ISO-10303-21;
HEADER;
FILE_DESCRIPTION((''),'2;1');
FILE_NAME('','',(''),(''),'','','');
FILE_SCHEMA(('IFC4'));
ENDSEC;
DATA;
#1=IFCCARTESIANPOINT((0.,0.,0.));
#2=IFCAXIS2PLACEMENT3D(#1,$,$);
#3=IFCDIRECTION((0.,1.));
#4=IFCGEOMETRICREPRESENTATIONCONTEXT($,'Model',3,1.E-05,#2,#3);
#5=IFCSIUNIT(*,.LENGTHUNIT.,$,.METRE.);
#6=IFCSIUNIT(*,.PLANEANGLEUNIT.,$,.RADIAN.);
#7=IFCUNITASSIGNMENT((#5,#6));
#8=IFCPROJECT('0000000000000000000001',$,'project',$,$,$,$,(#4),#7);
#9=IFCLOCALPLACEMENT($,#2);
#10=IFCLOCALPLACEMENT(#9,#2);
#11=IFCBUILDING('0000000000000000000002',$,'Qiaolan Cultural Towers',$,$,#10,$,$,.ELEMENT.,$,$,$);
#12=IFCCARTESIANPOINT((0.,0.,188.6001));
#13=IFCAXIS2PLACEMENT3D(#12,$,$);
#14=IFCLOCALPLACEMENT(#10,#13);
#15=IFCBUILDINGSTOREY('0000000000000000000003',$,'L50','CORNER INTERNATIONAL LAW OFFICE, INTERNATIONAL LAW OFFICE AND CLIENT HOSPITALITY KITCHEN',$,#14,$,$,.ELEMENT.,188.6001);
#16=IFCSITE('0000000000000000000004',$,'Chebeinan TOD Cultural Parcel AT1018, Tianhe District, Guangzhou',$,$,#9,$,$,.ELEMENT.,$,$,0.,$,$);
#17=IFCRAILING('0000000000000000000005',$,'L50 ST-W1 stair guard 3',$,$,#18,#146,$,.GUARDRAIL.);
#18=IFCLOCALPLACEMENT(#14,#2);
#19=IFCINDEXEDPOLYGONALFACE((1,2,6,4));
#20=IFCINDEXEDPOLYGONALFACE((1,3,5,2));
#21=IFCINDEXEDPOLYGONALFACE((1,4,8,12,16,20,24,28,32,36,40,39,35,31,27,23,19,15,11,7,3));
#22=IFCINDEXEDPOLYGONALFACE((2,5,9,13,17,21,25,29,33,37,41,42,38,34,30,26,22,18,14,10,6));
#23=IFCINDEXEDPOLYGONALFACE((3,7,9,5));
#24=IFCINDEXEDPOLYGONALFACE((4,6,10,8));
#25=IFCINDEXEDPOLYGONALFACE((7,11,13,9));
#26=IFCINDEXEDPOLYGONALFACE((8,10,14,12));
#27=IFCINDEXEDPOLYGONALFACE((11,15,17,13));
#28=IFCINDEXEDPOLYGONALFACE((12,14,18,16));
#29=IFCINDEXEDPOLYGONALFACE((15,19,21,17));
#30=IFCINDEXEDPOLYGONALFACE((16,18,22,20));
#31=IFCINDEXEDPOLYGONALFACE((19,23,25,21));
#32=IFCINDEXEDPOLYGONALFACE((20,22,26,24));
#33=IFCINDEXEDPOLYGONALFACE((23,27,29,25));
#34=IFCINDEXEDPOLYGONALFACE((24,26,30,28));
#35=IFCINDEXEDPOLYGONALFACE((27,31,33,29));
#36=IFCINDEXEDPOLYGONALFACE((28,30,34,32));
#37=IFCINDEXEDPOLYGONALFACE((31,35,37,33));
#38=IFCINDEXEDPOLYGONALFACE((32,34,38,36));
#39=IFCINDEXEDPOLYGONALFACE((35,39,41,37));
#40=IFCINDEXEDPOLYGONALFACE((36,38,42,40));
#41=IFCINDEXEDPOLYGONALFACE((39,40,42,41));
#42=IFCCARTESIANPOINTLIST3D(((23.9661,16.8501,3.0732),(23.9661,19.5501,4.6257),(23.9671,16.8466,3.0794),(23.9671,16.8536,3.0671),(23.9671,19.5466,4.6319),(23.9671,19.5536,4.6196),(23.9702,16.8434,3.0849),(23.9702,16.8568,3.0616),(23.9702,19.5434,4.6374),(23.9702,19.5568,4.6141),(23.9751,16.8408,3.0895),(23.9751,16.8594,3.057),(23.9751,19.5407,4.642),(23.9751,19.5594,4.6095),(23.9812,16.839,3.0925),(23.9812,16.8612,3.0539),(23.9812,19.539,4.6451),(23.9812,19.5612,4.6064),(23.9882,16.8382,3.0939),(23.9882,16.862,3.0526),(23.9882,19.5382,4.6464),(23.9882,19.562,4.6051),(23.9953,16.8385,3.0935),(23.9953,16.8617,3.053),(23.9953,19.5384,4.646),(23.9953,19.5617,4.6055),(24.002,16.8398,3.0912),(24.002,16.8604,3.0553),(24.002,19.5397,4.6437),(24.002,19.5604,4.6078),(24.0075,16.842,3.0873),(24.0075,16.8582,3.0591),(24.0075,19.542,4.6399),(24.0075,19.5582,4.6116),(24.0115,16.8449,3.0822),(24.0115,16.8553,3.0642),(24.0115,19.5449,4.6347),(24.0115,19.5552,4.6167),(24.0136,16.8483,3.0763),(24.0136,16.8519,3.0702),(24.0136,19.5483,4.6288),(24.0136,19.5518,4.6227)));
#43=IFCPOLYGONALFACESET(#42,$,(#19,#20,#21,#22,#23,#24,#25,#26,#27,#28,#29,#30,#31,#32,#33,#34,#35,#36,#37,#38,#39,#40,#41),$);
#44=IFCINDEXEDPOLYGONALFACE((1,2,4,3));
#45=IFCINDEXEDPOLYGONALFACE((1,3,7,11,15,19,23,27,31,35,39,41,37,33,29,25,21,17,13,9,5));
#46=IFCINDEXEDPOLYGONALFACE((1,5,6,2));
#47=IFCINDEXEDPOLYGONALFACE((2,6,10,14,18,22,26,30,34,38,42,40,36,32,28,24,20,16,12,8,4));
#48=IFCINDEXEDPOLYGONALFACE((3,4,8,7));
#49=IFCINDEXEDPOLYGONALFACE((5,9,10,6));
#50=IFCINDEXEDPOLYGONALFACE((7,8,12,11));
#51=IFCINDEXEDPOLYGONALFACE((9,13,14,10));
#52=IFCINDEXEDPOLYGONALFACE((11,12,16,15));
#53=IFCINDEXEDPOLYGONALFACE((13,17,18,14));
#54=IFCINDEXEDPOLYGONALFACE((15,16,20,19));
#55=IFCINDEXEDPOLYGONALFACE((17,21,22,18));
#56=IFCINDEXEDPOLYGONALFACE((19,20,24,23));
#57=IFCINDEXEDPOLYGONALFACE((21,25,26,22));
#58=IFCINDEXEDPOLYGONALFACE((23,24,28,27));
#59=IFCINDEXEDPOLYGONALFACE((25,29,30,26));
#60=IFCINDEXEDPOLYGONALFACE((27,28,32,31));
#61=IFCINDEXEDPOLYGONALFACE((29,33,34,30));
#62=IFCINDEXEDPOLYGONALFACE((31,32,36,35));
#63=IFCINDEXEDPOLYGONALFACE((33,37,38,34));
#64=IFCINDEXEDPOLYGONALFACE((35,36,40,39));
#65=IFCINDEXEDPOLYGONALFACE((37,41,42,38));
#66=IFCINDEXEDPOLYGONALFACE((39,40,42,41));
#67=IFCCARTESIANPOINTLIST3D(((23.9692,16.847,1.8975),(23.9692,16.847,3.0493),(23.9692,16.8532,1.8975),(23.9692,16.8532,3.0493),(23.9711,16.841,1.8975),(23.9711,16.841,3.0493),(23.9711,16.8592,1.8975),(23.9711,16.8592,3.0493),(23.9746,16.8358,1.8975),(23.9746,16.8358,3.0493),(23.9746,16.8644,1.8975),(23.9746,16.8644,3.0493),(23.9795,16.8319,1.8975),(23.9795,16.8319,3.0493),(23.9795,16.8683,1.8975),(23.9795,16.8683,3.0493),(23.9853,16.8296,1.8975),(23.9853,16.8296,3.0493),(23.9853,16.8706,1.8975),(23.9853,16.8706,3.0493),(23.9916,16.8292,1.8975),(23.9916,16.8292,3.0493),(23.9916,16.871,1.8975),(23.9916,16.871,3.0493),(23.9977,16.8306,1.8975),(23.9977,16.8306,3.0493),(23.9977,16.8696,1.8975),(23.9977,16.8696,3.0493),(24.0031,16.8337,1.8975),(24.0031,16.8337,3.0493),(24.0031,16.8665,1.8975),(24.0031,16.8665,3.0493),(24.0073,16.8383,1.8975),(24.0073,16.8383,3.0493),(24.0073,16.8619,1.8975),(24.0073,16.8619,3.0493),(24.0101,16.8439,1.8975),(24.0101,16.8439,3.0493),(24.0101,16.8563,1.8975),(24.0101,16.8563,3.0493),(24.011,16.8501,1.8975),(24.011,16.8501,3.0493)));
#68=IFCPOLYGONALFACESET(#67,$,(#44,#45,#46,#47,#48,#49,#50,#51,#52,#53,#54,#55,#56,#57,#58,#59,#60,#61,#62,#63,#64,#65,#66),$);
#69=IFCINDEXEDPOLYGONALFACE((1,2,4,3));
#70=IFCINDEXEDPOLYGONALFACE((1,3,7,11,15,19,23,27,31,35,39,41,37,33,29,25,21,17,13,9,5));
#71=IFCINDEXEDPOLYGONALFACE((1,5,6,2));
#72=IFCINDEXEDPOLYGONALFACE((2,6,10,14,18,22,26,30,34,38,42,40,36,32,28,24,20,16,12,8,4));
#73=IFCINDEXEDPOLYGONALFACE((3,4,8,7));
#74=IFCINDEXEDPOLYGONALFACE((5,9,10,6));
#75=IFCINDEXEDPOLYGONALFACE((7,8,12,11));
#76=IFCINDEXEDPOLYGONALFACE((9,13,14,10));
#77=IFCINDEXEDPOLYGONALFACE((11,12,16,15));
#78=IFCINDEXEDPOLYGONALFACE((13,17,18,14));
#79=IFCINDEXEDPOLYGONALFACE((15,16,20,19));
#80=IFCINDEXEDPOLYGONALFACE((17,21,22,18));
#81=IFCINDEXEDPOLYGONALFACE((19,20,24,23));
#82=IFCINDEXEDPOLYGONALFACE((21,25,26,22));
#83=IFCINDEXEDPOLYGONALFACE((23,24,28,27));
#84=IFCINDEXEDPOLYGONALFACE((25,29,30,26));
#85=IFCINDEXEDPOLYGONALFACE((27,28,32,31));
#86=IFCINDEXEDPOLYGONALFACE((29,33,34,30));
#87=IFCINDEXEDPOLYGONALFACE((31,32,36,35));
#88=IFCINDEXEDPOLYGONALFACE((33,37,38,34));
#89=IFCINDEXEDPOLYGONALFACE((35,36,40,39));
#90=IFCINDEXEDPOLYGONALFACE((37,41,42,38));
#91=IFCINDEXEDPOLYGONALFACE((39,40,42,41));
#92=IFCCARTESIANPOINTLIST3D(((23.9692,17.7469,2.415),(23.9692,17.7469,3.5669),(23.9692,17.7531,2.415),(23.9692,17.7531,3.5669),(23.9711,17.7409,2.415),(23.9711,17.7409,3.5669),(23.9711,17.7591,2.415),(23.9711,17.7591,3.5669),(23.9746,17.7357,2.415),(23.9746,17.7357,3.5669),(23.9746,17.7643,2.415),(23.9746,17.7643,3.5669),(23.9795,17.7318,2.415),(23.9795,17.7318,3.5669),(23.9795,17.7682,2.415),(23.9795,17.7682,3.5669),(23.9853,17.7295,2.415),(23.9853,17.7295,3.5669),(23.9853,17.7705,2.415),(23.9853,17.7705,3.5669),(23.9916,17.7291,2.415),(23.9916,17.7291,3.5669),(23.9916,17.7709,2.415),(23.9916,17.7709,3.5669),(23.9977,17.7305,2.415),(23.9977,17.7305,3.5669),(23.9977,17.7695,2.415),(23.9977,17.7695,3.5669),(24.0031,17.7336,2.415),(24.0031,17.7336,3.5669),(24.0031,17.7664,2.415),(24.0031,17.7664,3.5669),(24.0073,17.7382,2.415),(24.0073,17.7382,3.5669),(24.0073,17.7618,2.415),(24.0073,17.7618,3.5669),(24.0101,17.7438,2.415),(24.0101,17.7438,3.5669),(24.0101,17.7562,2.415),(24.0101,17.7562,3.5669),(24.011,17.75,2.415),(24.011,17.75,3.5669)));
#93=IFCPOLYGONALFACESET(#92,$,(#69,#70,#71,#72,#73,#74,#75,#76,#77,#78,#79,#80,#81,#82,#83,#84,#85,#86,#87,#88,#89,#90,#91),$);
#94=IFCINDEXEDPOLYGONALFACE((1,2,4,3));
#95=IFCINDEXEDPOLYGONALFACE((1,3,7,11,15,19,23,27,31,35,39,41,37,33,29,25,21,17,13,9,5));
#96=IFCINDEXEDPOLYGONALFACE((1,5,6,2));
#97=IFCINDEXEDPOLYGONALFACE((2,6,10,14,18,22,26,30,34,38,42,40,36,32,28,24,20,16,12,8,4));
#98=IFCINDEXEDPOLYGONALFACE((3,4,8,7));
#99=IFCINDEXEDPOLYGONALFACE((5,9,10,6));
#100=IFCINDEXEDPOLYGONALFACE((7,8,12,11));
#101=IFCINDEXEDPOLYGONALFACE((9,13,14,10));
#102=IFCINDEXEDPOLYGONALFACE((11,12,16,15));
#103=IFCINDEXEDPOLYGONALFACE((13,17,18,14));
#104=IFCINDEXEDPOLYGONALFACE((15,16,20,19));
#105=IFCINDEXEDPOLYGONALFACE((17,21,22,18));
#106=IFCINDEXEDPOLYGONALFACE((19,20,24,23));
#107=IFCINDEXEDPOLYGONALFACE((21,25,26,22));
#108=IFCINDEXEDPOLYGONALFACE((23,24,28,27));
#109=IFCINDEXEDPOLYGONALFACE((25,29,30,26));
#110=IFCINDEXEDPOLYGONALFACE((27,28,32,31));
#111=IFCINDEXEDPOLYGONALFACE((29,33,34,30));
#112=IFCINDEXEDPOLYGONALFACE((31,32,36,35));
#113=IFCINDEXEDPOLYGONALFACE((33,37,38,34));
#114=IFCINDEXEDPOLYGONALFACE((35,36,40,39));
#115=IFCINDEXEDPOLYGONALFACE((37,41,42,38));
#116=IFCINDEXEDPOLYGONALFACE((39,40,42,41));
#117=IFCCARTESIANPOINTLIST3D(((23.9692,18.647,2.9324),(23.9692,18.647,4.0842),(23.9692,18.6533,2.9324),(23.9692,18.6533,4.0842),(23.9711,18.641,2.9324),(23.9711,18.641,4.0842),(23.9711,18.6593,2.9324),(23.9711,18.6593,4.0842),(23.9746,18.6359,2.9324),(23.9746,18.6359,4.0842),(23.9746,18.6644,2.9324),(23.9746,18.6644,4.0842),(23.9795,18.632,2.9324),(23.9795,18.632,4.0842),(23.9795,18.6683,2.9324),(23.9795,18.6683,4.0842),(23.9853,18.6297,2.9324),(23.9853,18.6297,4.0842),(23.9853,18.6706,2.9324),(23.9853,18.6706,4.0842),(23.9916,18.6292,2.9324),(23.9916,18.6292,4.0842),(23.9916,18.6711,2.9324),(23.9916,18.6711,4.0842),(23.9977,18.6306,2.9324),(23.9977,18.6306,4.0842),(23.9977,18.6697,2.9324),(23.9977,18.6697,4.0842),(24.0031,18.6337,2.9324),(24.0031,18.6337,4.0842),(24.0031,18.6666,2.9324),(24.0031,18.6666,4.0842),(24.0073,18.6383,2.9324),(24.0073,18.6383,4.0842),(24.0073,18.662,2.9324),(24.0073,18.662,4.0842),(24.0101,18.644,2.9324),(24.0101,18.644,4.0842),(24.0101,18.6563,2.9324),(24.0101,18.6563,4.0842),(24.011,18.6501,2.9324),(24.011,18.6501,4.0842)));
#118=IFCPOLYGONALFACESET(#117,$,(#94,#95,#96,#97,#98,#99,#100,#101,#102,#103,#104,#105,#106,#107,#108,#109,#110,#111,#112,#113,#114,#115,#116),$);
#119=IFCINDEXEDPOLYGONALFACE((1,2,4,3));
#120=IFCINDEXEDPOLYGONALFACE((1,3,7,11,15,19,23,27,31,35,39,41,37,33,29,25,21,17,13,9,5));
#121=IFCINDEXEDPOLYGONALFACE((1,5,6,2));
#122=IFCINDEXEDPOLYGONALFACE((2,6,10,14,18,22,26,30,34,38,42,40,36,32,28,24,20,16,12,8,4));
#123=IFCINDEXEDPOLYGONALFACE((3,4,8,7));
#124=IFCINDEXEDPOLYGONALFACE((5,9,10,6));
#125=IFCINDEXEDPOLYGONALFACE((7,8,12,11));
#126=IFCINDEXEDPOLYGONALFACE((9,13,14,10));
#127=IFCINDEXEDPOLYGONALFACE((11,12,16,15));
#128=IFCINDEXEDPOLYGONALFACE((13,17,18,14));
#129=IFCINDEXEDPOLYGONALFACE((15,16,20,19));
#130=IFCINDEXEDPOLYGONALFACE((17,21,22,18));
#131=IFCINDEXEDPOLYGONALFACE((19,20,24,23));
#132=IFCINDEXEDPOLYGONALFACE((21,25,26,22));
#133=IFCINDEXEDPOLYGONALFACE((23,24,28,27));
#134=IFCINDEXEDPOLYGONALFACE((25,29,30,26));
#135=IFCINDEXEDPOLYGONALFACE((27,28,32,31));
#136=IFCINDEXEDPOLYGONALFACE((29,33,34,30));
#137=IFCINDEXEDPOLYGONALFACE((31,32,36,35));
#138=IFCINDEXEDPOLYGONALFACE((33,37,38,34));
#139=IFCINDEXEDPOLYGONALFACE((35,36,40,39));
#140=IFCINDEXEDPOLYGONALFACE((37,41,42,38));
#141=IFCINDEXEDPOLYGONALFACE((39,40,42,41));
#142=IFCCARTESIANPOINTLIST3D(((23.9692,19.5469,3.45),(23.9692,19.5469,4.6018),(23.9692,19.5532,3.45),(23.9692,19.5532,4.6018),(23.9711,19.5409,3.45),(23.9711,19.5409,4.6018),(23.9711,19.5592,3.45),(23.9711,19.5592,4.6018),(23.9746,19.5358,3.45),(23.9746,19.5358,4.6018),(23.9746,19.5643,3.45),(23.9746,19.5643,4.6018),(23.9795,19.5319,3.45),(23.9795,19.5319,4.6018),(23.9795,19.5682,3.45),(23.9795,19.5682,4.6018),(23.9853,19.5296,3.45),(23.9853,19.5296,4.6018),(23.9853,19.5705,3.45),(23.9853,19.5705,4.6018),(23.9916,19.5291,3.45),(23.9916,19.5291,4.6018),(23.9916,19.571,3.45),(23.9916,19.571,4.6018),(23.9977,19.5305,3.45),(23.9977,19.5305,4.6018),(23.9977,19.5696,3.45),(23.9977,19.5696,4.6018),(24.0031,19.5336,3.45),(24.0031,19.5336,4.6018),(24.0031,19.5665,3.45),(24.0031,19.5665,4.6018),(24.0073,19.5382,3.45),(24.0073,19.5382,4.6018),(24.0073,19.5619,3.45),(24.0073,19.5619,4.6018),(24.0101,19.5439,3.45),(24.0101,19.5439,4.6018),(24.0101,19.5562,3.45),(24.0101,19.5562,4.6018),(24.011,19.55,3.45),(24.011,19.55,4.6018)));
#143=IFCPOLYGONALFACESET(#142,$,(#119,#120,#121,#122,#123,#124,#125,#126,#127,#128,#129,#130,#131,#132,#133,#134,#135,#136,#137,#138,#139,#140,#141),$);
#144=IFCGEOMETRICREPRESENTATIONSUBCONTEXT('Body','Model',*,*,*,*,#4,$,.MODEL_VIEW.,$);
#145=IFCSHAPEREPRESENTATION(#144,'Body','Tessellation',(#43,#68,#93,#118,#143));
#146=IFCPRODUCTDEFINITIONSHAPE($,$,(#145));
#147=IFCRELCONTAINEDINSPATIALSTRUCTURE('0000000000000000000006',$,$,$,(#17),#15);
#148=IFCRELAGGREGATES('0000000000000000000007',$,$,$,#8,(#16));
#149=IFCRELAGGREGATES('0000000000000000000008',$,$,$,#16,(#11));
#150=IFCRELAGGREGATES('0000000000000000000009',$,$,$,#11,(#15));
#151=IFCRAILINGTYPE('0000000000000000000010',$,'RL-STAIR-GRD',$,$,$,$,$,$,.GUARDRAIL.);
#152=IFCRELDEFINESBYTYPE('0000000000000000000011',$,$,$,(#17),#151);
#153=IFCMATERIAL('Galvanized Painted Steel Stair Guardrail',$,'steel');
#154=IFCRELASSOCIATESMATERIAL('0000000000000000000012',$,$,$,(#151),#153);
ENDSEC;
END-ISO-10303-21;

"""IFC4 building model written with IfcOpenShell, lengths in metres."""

from ifc_helpers import new_model, si_unit, direction, frame, origin, origin_2d, place, context, subcontext, project, spatial, circle, extrude, material, type_object, element, save


model = new_model("IFC4")

# Units and contexts
model_context = context("Model", 3, precision=1e-05, world=origin(), true_north=direction((0.0, 1.0)))
body_context = subcontext(model_context, "Body", "Model", "MODEL_VIEW")
ifc_project = project(units=[si_unit("LENGTHUNIT", "METRE"), si_unit("PLANEANGLEUNIT", "RADIAN")], contexts=[model_context])

# Site, building, storey
site_placement = place(None, origin())
site = spatial("IfcSite", under=ifc_project, at=site_placement, Name="Chebeinan TOD Cultural Parcel AT1018, Tianhe District, Guangzhou", CompositionType="ELEMENT", RefElevation=0.0)
building_placement = place(site_placement, origin())
building = spatial("IfcBuilding", under=site, at=building_placement, Name="Qiaolan Cultural Towers", CompositionType="ELEMENT")
storey_placement = place(building_placement, frame((0.0, 0.0, 188.6001)))
storey = spatial("IfcBuildingStorey", under=building, at=storey_placement, Name="L50", Description="CORNER INTERNATIONAL LAW OFFICE, INTERNATIONAL LAW OFFICE AND CLIENT HOSPITALITY KITCHEN", CompositionType="ELEMENT", Elevation=188.6001)

# Railing
ifc_material_1 = material(Name="Galvanized Painted Steel Stair Guardrail", Category="steel")
railing_type_1 = type_object("IfcRailingType", Name="RL-STAIR-GRD", PredefinedType="GUARDRAIL", material=ifc_material_1)
railing_1_placement = place(storey_placement, frame((23.99, 16.8501, 1.8975)))
element("IfcRailing", 1, at=railing_1_placement, inside=storey, type_object=railing_type_1, Name="L50 ST-W1 stair guard 3", PredefinedType="GUARDRAIL", context=body_context, shape_type="SweptSolid", body=[
    extrude(circle(Radius=0.0239, at=origin_2d()), frame((0.0, 0.0, 1.1758), z_axis=(0.0, 0.866904, 0.498476), x_axis=(-1.0, 0.0, 0.0)), (0.0, 0.0, 1.0), 3.1145),
    extrude(circle(Radius=0.021, at=origin_2d()), origin(), (0.0, 0.0, 1.0), 1.1519),
    extrude(circle(Radius=0.021, at=origin_2d()), frame((0.0, 0.8999, 0.5176)), (0.0, 0.0, 1.0), 1.1519),
    extrude(circle(Radius=0.021, at=origin_2d()), frame((0.0, 1.8, 1.0349)), (0.0, 0.0, 1.0), 1.1519),
    extrude(circle(Radius=0.021, at=origin_2d()), frame((0.0, 2.7, 1.5525)), (0.0, 0.0, 1.0), 1.1519),
])

save(model, "model.ifc")
